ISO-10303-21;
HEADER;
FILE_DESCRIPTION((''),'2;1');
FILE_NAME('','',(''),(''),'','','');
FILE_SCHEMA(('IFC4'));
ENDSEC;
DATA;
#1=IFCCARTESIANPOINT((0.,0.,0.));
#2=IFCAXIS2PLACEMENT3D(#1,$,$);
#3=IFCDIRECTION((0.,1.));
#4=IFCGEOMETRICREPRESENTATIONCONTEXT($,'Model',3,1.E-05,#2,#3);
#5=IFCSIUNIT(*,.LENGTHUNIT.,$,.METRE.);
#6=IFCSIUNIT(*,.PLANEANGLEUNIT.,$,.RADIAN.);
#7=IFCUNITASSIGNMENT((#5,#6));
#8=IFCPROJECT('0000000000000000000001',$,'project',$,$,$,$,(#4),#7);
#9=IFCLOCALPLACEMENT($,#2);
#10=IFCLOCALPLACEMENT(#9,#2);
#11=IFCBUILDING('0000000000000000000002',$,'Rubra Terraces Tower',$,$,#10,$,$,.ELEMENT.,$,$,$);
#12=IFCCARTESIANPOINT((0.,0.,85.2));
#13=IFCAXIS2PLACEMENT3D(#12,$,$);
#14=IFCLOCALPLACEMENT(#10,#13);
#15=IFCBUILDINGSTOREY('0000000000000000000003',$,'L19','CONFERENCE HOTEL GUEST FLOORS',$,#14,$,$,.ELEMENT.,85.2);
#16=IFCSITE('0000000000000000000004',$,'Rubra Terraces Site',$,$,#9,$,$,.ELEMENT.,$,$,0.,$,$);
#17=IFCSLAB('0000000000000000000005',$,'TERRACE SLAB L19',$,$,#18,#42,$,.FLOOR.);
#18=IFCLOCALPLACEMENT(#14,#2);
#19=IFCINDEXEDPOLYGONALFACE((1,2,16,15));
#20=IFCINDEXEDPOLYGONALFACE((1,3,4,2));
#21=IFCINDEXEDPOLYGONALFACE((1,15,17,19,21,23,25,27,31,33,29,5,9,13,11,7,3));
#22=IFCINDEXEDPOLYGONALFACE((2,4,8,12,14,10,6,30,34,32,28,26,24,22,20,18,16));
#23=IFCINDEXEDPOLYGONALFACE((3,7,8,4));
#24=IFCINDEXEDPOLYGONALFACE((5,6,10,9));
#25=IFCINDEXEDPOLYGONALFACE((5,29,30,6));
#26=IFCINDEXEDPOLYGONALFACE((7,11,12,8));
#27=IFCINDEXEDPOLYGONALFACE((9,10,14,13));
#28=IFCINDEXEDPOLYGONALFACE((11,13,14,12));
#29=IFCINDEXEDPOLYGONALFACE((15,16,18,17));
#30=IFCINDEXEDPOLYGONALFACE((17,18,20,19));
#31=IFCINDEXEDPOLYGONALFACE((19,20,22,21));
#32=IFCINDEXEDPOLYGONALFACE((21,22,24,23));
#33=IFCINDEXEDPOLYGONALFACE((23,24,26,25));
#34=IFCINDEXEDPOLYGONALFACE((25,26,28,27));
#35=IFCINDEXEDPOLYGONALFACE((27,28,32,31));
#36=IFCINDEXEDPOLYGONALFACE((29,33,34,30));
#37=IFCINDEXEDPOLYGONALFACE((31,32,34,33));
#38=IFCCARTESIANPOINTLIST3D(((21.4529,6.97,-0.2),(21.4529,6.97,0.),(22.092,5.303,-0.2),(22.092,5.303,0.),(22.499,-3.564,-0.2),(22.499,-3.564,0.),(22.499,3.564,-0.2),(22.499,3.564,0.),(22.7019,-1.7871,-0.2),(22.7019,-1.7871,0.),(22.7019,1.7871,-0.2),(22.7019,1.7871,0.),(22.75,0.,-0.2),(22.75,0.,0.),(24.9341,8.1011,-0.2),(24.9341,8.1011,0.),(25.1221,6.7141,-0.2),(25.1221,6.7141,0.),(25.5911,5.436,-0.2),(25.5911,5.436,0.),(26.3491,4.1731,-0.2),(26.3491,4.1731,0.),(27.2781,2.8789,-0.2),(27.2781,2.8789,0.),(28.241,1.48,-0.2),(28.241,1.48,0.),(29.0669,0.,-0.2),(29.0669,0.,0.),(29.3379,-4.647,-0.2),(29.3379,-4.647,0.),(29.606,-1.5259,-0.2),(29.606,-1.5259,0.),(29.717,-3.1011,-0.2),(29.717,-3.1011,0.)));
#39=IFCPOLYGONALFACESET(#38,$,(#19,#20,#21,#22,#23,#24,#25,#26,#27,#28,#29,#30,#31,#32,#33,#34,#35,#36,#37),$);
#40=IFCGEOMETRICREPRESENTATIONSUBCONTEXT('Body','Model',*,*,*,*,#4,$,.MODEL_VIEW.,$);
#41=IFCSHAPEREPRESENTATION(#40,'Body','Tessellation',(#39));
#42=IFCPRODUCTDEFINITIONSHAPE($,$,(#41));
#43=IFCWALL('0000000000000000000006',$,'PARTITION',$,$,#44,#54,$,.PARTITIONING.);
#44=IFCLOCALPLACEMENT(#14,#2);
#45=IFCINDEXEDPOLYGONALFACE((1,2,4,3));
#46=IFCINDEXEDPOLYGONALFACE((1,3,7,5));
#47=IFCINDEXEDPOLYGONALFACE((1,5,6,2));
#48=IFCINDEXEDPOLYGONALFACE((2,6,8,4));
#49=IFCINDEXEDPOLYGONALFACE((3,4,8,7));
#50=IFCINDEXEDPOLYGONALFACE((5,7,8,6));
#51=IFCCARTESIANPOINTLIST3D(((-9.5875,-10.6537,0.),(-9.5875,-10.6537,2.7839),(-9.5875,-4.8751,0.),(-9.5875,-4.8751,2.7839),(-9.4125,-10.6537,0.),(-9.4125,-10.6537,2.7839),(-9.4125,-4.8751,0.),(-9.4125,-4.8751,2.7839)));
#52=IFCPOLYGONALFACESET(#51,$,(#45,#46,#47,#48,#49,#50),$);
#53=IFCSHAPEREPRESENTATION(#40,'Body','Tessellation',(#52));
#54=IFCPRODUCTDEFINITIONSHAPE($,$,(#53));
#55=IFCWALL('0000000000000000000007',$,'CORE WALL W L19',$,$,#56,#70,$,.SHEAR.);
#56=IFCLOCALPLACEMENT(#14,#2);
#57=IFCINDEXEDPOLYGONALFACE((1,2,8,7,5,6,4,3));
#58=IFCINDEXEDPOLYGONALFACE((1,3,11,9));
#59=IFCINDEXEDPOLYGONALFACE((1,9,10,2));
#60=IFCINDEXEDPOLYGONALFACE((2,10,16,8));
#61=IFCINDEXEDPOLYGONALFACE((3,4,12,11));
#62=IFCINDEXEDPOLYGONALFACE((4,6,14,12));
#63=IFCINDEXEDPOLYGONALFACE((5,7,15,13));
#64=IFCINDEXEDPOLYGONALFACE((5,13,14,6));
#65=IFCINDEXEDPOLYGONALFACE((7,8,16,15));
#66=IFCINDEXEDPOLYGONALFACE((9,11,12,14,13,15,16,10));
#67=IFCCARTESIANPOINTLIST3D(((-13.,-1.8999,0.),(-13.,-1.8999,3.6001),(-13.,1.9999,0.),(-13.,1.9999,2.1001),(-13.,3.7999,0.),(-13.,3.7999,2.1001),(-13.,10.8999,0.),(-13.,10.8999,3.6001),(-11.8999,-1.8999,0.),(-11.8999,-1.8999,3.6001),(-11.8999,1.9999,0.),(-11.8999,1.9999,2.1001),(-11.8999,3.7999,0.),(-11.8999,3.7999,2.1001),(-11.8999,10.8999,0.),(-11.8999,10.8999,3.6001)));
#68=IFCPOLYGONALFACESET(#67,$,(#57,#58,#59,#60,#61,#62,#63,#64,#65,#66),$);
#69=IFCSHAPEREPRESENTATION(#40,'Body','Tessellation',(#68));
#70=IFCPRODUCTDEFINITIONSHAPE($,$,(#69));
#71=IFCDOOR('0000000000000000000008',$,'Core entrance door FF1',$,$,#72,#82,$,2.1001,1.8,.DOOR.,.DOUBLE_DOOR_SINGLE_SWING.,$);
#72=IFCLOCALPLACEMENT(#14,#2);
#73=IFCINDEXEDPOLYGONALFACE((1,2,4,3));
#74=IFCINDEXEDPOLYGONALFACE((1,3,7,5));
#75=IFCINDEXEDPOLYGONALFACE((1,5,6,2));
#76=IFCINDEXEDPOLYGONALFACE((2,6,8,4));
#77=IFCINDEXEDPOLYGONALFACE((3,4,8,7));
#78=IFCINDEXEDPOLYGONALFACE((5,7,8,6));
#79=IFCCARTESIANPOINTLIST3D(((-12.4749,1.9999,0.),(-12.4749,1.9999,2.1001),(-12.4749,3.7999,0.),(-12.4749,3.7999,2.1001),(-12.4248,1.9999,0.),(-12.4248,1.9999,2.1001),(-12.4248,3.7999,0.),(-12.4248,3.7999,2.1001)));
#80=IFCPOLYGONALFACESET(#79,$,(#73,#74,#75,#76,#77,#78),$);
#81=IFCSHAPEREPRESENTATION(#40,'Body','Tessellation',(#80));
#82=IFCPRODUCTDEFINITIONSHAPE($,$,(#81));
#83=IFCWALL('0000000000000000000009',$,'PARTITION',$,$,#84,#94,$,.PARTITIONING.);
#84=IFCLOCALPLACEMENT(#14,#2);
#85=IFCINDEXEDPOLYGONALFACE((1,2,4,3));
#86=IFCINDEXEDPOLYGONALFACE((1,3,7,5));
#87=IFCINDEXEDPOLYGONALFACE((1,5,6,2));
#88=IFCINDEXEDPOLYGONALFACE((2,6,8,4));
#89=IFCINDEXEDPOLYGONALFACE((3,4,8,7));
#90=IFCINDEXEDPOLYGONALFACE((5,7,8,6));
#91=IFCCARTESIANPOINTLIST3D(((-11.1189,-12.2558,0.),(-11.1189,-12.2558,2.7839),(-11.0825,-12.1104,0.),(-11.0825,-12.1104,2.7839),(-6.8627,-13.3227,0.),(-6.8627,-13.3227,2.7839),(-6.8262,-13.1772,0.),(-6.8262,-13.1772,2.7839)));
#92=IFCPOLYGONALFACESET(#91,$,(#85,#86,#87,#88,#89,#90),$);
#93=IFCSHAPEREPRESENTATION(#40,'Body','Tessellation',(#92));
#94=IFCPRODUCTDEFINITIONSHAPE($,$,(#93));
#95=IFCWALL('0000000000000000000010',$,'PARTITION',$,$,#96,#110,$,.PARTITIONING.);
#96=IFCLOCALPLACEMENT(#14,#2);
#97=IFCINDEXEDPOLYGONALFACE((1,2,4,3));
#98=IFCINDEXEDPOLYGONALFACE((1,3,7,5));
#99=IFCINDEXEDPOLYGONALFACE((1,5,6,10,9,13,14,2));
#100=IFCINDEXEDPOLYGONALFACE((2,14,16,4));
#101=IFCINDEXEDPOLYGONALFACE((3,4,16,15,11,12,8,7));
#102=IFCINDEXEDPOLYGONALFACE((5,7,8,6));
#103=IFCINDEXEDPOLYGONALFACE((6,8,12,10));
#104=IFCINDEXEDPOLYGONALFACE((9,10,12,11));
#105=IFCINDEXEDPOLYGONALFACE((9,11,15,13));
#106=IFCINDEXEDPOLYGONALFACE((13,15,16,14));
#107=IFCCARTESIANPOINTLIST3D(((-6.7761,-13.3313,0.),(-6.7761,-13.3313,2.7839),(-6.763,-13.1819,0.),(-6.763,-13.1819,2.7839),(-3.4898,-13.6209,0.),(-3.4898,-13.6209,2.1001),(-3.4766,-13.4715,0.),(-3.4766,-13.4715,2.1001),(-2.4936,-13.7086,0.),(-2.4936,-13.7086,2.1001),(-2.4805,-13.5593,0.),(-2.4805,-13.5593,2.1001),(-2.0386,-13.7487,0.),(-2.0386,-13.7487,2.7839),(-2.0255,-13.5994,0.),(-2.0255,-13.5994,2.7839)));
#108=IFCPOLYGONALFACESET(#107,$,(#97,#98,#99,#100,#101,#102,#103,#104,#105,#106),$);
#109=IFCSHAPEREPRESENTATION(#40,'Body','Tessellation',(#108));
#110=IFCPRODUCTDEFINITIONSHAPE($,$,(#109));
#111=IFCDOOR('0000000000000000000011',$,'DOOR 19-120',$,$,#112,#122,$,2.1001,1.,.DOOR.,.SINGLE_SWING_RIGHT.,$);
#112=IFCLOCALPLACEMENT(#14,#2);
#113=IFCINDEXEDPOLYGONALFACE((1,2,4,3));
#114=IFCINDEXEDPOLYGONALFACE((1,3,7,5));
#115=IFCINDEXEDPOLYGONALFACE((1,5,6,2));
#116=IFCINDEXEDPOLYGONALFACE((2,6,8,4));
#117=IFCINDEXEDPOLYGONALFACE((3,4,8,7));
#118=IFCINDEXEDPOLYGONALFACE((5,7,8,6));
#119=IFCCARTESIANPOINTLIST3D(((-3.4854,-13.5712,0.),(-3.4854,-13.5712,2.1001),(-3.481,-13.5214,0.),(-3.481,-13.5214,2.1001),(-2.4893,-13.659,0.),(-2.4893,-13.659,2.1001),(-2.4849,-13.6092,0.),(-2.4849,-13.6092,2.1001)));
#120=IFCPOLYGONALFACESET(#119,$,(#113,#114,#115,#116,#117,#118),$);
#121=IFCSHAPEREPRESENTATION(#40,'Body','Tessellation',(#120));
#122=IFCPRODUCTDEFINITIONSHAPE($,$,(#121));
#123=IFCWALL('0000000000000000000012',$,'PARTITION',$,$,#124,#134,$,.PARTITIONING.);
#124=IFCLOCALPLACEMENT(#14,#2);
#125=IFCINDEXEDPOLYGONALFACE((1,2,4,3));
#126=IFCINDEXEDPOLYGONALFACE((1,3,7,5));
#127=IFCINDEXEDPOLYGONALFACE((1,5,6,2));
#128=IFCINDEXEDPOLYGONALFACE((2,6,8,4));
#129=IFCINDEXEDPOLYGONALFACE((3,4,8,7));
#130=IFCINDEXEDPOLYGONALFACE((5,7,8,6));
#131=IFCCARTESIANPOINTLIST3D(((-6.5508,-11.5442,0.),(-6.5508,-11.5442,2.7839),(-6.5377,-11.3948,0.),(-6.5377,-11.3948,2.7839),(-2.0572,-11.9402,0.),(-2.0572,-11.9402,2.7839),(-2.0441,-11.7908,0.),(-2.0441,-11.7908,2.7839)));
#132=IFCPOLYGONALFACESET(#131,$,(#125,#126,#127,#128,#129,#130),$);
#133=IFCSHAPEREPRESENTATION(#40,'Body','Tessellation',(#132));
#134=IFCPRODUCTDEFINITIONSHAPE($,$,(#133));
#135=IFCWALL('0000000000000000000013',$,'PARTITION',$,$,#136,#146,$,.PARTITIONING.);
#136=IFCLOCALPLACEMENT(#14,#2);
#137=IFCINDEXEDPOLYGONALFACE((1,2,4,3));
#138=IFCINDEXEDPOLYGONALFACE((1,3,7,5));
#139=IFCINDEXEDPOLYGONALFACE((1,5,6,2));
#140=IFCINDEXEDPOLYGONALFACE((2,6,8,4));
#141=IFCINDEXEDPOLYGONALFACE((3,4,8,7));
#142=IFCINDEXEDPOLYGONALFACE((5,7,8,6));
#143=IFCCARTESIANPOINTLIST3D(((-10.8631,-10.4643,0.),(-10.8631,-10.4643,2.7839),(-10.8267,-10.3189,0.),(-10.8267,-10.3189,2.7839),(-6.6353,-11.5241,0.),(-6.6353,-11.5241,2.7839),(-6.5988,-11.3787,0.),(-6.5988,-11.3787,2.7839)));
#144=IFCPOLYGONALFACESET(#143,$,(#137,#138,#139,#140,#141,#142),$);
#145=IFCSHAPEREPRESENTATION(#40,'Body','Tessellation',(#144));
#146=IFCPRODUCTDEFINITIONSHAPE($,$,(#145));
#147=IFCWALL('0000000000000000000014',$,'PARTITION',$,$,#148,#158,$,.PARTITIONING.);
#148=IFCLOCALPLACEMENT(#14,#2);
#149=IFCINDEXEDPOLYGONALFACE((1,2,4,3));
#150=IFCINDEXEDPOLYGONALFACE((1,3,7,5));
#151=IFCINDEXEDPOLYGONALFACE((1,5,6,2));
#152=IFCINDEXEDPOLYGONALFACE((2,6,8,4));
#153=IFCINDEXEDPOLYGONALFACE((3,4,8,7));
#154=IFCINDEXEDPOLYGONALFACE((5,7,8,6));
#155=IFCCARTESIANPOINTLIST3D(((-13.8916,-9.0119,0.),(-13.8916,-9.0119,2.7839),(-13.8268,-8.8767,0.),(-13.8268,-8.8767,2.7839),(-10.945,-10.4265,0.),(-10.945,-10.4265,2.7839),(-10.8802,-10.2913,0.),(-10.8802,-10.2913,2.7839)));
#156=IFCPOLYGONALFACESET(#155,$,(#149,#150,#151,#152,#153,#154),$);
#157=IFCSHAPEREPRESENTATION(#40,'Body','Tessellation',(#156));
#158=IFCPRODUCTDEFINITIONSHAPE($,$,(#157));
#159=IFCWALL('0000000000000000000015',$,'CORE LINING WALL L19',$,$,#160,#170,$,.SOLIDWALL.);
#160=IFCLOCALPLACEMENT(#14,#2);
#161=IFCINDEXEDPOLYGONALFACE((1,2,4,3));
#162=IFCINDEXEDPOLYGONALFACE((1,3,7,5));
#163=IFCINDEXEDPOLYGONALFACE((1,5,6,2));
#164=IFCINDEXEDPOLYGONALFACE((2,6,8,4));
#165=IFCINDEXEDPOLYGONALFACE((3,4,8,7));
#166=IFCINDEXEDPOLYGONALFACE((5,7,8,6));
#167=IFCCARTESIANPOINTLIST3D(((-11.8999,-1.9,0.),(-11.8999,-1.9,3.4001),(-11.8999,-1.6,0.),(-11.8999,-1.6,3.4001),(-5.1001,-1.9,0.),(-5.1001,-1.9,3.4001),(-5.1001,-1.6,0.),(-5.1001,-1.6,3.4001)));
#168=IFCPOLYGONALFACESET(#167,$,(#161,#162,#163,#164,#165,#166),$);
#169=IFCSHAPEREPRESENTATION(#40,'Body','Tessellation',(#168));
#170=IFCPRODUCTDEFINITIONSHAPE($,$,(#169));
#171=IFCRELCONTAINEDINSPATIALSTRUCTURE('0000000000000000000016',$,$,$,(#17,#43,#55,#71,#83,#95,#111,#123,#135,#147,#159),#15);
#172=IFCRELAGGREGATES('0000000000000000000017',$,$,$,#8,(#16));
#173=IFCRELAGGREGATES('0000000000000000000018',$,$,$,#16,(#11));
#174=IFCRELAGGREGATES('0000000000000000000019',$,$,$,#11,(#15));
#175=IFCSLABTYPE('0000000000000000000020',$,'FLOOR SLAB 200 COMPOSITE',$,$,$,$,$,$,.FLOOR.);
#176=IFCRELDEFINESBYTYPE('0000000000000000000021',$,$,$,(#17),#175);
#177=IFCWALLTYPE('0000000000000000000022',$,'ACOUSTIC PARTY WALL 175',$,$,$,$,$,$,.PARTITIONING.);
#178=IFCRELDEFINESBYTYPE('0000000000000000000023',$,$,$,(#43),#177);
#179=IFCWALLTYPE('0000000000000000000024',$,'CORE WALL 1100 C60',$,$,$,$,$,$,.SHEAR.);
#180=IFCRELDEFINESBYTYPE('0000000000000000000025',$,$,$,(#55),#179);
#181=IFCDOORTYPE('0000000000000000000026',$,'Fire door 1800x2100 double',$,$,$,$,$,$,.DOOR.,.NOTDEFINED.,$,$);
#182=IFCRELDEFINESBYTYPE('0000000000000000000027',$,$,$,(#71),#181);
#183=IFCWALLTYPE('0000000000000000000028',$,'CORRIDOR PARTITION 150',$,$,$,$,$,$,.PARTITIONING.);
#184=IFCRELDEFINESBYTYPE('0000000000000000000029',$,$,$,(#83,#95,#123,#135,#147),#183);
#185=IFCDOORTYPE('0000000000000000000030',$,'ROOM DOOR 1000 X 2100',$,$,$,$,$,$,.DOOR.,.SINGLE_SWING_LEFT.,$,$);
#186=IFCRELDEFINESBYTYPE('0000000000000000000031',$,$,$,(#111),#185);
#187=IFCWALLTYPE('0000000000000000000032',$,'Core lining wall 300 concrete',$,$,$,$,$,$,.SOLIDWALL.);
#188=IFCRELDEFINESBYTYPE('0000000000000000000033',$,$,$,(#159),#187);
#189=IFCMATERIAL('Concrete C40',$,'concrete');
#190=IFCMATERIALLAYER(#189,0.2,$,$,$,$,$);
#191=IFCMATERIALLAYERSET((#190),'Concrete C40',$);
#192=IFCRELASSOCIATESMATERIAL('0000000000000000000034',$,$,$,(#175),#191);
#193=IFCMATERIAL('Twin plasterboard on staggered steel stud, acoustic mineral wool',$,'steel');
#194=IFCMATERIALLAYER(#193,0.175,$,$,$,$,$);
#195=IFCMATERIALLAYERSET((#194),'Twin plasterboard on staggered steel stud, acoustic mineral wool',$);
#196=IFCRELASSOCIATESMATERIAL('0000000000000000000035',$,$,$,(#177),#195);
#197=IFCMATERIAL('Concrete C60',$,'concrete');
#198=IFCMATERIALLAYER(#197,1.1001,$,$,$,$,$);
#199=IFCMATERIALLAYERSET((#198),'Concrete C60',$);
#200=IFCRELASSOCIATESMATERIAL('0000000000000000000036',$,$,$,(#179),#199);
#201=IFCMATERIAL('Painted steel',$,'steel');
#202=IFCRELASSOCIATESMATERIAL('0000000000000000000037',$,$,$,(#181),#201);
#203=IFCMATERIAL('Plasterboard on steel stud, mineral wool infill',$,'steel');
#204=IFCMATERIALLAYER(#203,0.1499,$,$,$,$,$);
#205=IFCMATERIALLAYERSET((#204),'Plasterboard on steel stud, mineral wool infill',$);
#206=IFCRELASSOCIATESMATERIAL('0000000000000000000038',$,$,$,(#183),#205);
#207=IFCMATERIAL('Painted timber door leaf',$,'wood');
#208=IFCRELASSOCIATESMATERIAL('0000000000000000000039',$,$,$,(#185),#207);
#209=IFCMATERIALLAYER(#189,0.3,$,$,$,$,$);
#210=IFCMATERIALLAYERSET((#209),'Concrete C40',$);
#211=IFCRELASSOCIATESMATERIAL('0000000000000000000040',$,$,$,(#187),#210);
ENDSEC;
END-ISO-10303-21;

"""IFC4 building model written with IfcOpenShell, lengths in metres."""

from ifc_helpers import new_model, si_unit, direction, frame, frame_2d, origin, place, context, subcontext, project, spatial, polyline, rectangle, outline, extrude, material, layer, layer_set, type_object, element, fill, save


model = new_model("IFC4")

# Units and contexts
model_context = context("Model", 3, precision=1e-05, world=origin(), true_north=direction((0.0, 1.0)))
body_context = subcontext(model_context, "Body", "Model", "MODEL_VIEW")
ifc_project = project(units=[si_unit("LENGTHUNIT", "METRE"), si_unit("PLANEANGLEUNIT", "RADIAN")], contexts=[model_context])

# Site, building, storey
site_placement = place(None, origin())
site = spatial("IfcSite", under=ifc_project, at=site_placement, Name="Rubra Terraces Site", CompositionType="ELEMENT", RefElevation=0.0)
building_placement = place(site_placement, origin())
building = spatial("IfcBuilding", under=site, at=building_placement, Name="Rubra Terraces Tower", CompositionType="ELEMENT")
storey_placement = place(building_placement, frame((0.0, 0.0, 85.2)))
storey = spatial("IfcBuildingStorey", under=building, at=storey_placement, Name="L19", Description="CONFERENCE HOTEL GUEST FLOORS", CompositionType="ELEMENT", Elevation=85.2)

# Shared definitions
ifc_material_1 = material(Name="Concrete C40", Category="concrete")

# Slab
ifc_layer_1 = layer(ifc_material_1, 0.2)
ifc_layer_set_1 = layer_set([ifc_layer_1], Name="Concrete C40")
slab_type_1 = type_object("IfcSlabType", Name="FLOOR SLAB 200 COMPOSITE", PredefinedType="FLOOR", material=ifc_layer_set_1)
slab_1_placement = place(storey_placement, frame((0.0, 0.0, -0.2)))
element("IfcSlab", 1, at=slab_1_placement, inside=storey, type_object=slab_type_1, Name="TERRACE SLAB L19", PredefinedType="FLOOR", context=body_context, shape_type="SweptSolid", body=[
    extrude(outline(polyline([(29.3379, -4.647), (29.717, -3.1011), (29.606, -1.5259), (29.0669, 0.0), (28.241, 1.48), (27.2781, 2.8789), (26.3491, 4.1731), (25.5911, 5.436), (25.1221, 6.7141), (24.9341, 8.1011), (21.4529, 6.97), (22.092, 5.303), (22.499, 3.564), (22.7019, 1.7871), (22.75, 0.0), (22.7019, -1.7871), (22.499, -3.564), (29.3379, -4.647)])), origin(), (0.0, 0.0, 1.0), 0.2),
])

# Wall
ifc_material_2 = material(Name="Twin plasterboard on staggered steel stud, acoustic mineral wool", Category="steel")
ifc_layer_2 = layer(ifc_material_2, 0.175)
ifc_layer_set_2 = layer_set([ifc_layer_2], Name="Twin plasterboard on staggered steel stud, acoustic mineral wool")
wall_type_1 = type_object("IfcWallType", Name="ACOUSTIC PARTY WALL 175", PredefinedType="PARTITIONING", material=ifc_layer_set_2)
wall_1_placement = place(storey_placement, frame((-9.5, -10.6536, 0.0), z_axis=(0.0, 0.0, 1.0), x_axis=(0.0, 1.0, 0.0)))
element("IfcWall", 2, at=wall_1_placement, inside=storey, type_object=wall_type_1, Name="PARTITION", PredefinedType="PARTITIONING", context=body_context, shape_type="SweptSolid", body=[
    extrude(rectangle(XDim=5.7786, YDim=0.175, at=frame_2d((2.8892, 0.0))), origin(), (0.0, 0.0, 1.0), 2.7839),
])

# Wall, opening, door
ifc_material_3 = material(Name="Concrete C60", Category="concrete")
ifc_layer_3 = layer(ifc_material_3, 1.1001)
ifc_layer_set_3 = layer_set([ifc_layer_3], Name="Concrete C60")
wall_type_2 = type_object("IfcWallType", Name="CORE WALL 1100 C60", PredefinedType="SHEAR", material=ifc_layer_set_3)
wall_2_placement = place(storey_placement, frame((-12.45, -1.8999, 0.0), z_axis=(0.0, 0.0, 1.0), x_axis=(0.0, 1.0, 0.0)))
wall_2 = element("IfcWall", 3, at=wall_2_placement, inside=storey, type_object=wall_type_2, Name="CORE WALL W L19", PredefinedType="SHEAR", context=body_context, shape_type="SweptSolid", body=[
    extrude(rectangle(XDim=12.7998, YDim=1.1001, at=frame_2d((6.3999, 0.0))), origin(), (0.0, 0.0, 1.0), 3.6001),
])
opening_1_placement = place(wall_2_placement, frame((3.8999, 0.0, 0.0)))
opening_1 = element("IfcOpeningElement", 4, at=opening_1_placement, cuts=wall_2, PredefinedType="OPENING", context=body_context, shape_type="SweptSolid", body=[
    extrude(rectangle(XDim=1.8, YDim=2.1001, at=frame_2d((0.8999, 1.05))), frame((0.0, 0.5601, 0.0), z_axis=(0.0, -1.0, 0.0), x_axis=(1.0, 0.0, 0.0)), (0.0, 0.0, 1.0), 1.1201),
])
ifc_material_4 = material(Name="Painted steel", Category="steel")
door_type_1 = type_object("IfcDoorType", Name="Fire door 1800x2100 double", OperationType="NOTDEFINED", PredefinedType="DOOR", material=ifc_material_4)
door_1_placement = place(opening_1_placement, origin())
door_1 = element("IfcDoor", 5, at=door_1_placement, inside=storey, type_object=door_type_1, Name="Core entrance door FF1", OperationType="DOUBLE_DOOR_SINGLE_SWING", OverallHeight=2.1001, OverallWidth=1.8, PredefinedType="DOOR", context=body_context, shape_type="SweptSolid", body=[
    extrude(rectangle(XDim=1.8, YDim=2.1001, at=frame_2d((0.8999, 1.05))), frame((0.0, 0.0249, 0.0), z_axis=(0.0, -1.0, 0.0), x_axis=(1.0, 0.0, 0.0)), (0.0, 0.0, 1.0), 0.05),
])
fill(opening_1, door_1)

# Wall
ifc_material_5 = material(Name="Plasterboard on steel stud, mineral wool infill", Category="steel")
ifc_layer_4 = layer(ifc_material_5, 0.1499)
ifc_layer_set_4 = layer_set([ifc_layer_4], Name="Plasterboard on steel stud, mineral wool infill")
wall_type_3 = type_object("IfcWallType", Name="CORRIDOR PARTITION 150", PredefinedType="PARTITIONING", material=ifc_layer_set_4)
wall_3_placement = place(storey_placement, frame((-11.1006, -12.1831, 0.0), z_axis=(0.0, 0.0, 1.0), x_axis=(0.969992, -0.243138, 0.0)))
element("IfcWall", 6, at=wall_3_placement, inside=storey, type_object=wall_type_3, Name="PARTITION", PredefinedType="PARTITIONING", context=body_context, shape_type="SweptSolid", body=[
    extrude(rectangle(XDim=4.3879, YDim=0.1499, at=frame_2d((2.1938, 0.0))), origin(), (0.0, 0.0, 1.0), 2.7839),
])

# Wall, opening, door
wall_4_placement = place(storey_placement, frame((-6.7695, -13.2566, 0.0), z_axis=(0.0, 0.0, 1.0), x_axis=(0.99614, -0.087781, 0.0)))
wall_4 = element("IfcWall", 7, at=wall_4_placement, inside=storey, type_object=wall_type_3, Name="PARTITION", PredefinedType="PARTITIONING", context=body_context, shape_type="SweptSolid", body=[
    extrude(rectangle(XDim=4.7559, YDim=0.1499, at=frame_2d((2.3779, 0.0))), origin(), (0.0, 0.0, 1.0), 2.7839),
])
opening_2_placement = place(wall_4_placement, frame((3.2991, 0.0, 0.0)))
opening_2 = element("IfcOpeningElement", 8, at=opening_2_placement, cuts=wall_4, PredefinedType="OPENING", context=body_context, shape_type="SweptSolid", body=[
    extrude(rectangle(XDim=1.0, YDim=2.1001, at=frame_2d((0.5, 1.05))), frame((0.0, 0.085, 0.0), z_axis=(0.0, -1.0, 0.0), x_axis=(1.0, 0.0, 0.0)), (0.0, 0.0, 1.0), 0.1699),
])
ifc_material_6 = material(Name="Painted timber door leaf", Category="wood")
door_type_2 = type_object("IfcDoorType", Name="ROOM DOOR 1000 X 2100", OperationType="SINGLE_SWING_LEFT", PredefinedType="DOOR", material=ifc_material_6)
door_2_placement = place(opening_2_placement, origin())
door_2 = element("IfcDoor", 9, at=door_2_placement, inside=storey, type_object=door_type_2, Name="DOOR 19-120", OperationType="SINGLE_SWING_RIGHT", OverallHeight=2.1001, OverallWidth=1.0, PredefinedType="DOOR", context=body_context, shape_type="SweptSolid", body=[
    extrude(rectangle(XDim=1.0, YDim=2.1001, at=frame_2d((0.5, 1.05))), frame((0.0, 0.0249, 0.0), z_axis=(0.0, -1.0, 0.0), x_axis=(1.0, 0.0, 0.0)), (0.0, 0.0, 1.0), 0.05),
])
fill(opening_2, door_2)

# Walls
wall_5_placement = place(storey_placement, frame((-2.0508, -11.8655, 0.0), z_axis=(0.0, 0.0, 1.0), x_axis=(-0.99614, 0.087783, 0.0)))
element("IfcWall", 10, at=wall_5_placement, inside=storey, type_object=wall_type_3, Name="PARTITION", PredefinedType="PARTITIONING", context=body_context, shape_type="SweptSolid", body=[
    extrude(rectangle(XDim=4.511, YDim=0.1499, at=frame_2d((2.2554, 0.0))), origin(), (0.0, 0.0, 1.0), 2.7839),
])
wall_6_placement = place(storey_placement, frame((-6.6172, -11.4514, 0.0), z_axis=(0.0, 0.0, 1.0), x_axis=(-0.969987, 0.243155, 0.0)))
element("IfcWall", 11, at=wall_6_placement, inside=storey, type_object=wall_type_3, Name="PARTITION", PredefinedType="PARTITIONING", context=body_context, shape_type="SweptSolid", body=[
    extrude(rectangle(XDim=4.3586, YDim=0.1499, at=frame_2d((2.1792, 0.0))), origin(), (0.0, 0.0, 1.0), 2.7839),
])
wall_7_placement = place(storey_placement, frame((-10.9126, -10.3589, 0.0), z_axis=(0.0, 0.0, 1.0), x_axis=(-0.901497, 0.432784, 0.0)))
element("IfcWall", 12, at=wall_7_placement, inside=storey, type_object=wall_type_3, Name="PARTITION", PredefinedType="PARTITIONING", context=body_context, shape_type="SweptSolid", body=[
    extrude(rectangle(XDim=3.2686, YDim=0.1499, at=frame_2d((1.6343, 0.0))), origin(), (0.0, 0.0, 1.0), 2.7839),
])
ifc_layer_5 = layer(ifc_material_1, 0.3)
ifc_layer_set_5 = layer_set([ifc_layer_5], Name="Concrete C40")
wall_type_4 = type_object("IfcWallType", Name="Core lining wall 300 concrete", PredefinedType="SOLIDWALL", material=ifc_layer_set_5)
wall_8_placement = place(storey_placement, frame((-11.8999, -1.75, 0.0), z_axis=(0.0, 0.0, 1.0), x_axis=(1.0, 0.0, 0.0)))
element("IfcWall", 13, at=wall_8_placement, inside=storey, type_object=wall_type_4, Name="CORE LINING WALL L19", PredefinedType="SOLIDWALL", context=body_context, shape_type="SweptSolid", body=[
    extrude(rectangle(XDim=6.7998, YDim=0.3, at=frame_2d((3.3999, 0.0))), origin(), (0.0, 0.0, 1.0), 3.4001),
])

save(model, "model.ifc")
